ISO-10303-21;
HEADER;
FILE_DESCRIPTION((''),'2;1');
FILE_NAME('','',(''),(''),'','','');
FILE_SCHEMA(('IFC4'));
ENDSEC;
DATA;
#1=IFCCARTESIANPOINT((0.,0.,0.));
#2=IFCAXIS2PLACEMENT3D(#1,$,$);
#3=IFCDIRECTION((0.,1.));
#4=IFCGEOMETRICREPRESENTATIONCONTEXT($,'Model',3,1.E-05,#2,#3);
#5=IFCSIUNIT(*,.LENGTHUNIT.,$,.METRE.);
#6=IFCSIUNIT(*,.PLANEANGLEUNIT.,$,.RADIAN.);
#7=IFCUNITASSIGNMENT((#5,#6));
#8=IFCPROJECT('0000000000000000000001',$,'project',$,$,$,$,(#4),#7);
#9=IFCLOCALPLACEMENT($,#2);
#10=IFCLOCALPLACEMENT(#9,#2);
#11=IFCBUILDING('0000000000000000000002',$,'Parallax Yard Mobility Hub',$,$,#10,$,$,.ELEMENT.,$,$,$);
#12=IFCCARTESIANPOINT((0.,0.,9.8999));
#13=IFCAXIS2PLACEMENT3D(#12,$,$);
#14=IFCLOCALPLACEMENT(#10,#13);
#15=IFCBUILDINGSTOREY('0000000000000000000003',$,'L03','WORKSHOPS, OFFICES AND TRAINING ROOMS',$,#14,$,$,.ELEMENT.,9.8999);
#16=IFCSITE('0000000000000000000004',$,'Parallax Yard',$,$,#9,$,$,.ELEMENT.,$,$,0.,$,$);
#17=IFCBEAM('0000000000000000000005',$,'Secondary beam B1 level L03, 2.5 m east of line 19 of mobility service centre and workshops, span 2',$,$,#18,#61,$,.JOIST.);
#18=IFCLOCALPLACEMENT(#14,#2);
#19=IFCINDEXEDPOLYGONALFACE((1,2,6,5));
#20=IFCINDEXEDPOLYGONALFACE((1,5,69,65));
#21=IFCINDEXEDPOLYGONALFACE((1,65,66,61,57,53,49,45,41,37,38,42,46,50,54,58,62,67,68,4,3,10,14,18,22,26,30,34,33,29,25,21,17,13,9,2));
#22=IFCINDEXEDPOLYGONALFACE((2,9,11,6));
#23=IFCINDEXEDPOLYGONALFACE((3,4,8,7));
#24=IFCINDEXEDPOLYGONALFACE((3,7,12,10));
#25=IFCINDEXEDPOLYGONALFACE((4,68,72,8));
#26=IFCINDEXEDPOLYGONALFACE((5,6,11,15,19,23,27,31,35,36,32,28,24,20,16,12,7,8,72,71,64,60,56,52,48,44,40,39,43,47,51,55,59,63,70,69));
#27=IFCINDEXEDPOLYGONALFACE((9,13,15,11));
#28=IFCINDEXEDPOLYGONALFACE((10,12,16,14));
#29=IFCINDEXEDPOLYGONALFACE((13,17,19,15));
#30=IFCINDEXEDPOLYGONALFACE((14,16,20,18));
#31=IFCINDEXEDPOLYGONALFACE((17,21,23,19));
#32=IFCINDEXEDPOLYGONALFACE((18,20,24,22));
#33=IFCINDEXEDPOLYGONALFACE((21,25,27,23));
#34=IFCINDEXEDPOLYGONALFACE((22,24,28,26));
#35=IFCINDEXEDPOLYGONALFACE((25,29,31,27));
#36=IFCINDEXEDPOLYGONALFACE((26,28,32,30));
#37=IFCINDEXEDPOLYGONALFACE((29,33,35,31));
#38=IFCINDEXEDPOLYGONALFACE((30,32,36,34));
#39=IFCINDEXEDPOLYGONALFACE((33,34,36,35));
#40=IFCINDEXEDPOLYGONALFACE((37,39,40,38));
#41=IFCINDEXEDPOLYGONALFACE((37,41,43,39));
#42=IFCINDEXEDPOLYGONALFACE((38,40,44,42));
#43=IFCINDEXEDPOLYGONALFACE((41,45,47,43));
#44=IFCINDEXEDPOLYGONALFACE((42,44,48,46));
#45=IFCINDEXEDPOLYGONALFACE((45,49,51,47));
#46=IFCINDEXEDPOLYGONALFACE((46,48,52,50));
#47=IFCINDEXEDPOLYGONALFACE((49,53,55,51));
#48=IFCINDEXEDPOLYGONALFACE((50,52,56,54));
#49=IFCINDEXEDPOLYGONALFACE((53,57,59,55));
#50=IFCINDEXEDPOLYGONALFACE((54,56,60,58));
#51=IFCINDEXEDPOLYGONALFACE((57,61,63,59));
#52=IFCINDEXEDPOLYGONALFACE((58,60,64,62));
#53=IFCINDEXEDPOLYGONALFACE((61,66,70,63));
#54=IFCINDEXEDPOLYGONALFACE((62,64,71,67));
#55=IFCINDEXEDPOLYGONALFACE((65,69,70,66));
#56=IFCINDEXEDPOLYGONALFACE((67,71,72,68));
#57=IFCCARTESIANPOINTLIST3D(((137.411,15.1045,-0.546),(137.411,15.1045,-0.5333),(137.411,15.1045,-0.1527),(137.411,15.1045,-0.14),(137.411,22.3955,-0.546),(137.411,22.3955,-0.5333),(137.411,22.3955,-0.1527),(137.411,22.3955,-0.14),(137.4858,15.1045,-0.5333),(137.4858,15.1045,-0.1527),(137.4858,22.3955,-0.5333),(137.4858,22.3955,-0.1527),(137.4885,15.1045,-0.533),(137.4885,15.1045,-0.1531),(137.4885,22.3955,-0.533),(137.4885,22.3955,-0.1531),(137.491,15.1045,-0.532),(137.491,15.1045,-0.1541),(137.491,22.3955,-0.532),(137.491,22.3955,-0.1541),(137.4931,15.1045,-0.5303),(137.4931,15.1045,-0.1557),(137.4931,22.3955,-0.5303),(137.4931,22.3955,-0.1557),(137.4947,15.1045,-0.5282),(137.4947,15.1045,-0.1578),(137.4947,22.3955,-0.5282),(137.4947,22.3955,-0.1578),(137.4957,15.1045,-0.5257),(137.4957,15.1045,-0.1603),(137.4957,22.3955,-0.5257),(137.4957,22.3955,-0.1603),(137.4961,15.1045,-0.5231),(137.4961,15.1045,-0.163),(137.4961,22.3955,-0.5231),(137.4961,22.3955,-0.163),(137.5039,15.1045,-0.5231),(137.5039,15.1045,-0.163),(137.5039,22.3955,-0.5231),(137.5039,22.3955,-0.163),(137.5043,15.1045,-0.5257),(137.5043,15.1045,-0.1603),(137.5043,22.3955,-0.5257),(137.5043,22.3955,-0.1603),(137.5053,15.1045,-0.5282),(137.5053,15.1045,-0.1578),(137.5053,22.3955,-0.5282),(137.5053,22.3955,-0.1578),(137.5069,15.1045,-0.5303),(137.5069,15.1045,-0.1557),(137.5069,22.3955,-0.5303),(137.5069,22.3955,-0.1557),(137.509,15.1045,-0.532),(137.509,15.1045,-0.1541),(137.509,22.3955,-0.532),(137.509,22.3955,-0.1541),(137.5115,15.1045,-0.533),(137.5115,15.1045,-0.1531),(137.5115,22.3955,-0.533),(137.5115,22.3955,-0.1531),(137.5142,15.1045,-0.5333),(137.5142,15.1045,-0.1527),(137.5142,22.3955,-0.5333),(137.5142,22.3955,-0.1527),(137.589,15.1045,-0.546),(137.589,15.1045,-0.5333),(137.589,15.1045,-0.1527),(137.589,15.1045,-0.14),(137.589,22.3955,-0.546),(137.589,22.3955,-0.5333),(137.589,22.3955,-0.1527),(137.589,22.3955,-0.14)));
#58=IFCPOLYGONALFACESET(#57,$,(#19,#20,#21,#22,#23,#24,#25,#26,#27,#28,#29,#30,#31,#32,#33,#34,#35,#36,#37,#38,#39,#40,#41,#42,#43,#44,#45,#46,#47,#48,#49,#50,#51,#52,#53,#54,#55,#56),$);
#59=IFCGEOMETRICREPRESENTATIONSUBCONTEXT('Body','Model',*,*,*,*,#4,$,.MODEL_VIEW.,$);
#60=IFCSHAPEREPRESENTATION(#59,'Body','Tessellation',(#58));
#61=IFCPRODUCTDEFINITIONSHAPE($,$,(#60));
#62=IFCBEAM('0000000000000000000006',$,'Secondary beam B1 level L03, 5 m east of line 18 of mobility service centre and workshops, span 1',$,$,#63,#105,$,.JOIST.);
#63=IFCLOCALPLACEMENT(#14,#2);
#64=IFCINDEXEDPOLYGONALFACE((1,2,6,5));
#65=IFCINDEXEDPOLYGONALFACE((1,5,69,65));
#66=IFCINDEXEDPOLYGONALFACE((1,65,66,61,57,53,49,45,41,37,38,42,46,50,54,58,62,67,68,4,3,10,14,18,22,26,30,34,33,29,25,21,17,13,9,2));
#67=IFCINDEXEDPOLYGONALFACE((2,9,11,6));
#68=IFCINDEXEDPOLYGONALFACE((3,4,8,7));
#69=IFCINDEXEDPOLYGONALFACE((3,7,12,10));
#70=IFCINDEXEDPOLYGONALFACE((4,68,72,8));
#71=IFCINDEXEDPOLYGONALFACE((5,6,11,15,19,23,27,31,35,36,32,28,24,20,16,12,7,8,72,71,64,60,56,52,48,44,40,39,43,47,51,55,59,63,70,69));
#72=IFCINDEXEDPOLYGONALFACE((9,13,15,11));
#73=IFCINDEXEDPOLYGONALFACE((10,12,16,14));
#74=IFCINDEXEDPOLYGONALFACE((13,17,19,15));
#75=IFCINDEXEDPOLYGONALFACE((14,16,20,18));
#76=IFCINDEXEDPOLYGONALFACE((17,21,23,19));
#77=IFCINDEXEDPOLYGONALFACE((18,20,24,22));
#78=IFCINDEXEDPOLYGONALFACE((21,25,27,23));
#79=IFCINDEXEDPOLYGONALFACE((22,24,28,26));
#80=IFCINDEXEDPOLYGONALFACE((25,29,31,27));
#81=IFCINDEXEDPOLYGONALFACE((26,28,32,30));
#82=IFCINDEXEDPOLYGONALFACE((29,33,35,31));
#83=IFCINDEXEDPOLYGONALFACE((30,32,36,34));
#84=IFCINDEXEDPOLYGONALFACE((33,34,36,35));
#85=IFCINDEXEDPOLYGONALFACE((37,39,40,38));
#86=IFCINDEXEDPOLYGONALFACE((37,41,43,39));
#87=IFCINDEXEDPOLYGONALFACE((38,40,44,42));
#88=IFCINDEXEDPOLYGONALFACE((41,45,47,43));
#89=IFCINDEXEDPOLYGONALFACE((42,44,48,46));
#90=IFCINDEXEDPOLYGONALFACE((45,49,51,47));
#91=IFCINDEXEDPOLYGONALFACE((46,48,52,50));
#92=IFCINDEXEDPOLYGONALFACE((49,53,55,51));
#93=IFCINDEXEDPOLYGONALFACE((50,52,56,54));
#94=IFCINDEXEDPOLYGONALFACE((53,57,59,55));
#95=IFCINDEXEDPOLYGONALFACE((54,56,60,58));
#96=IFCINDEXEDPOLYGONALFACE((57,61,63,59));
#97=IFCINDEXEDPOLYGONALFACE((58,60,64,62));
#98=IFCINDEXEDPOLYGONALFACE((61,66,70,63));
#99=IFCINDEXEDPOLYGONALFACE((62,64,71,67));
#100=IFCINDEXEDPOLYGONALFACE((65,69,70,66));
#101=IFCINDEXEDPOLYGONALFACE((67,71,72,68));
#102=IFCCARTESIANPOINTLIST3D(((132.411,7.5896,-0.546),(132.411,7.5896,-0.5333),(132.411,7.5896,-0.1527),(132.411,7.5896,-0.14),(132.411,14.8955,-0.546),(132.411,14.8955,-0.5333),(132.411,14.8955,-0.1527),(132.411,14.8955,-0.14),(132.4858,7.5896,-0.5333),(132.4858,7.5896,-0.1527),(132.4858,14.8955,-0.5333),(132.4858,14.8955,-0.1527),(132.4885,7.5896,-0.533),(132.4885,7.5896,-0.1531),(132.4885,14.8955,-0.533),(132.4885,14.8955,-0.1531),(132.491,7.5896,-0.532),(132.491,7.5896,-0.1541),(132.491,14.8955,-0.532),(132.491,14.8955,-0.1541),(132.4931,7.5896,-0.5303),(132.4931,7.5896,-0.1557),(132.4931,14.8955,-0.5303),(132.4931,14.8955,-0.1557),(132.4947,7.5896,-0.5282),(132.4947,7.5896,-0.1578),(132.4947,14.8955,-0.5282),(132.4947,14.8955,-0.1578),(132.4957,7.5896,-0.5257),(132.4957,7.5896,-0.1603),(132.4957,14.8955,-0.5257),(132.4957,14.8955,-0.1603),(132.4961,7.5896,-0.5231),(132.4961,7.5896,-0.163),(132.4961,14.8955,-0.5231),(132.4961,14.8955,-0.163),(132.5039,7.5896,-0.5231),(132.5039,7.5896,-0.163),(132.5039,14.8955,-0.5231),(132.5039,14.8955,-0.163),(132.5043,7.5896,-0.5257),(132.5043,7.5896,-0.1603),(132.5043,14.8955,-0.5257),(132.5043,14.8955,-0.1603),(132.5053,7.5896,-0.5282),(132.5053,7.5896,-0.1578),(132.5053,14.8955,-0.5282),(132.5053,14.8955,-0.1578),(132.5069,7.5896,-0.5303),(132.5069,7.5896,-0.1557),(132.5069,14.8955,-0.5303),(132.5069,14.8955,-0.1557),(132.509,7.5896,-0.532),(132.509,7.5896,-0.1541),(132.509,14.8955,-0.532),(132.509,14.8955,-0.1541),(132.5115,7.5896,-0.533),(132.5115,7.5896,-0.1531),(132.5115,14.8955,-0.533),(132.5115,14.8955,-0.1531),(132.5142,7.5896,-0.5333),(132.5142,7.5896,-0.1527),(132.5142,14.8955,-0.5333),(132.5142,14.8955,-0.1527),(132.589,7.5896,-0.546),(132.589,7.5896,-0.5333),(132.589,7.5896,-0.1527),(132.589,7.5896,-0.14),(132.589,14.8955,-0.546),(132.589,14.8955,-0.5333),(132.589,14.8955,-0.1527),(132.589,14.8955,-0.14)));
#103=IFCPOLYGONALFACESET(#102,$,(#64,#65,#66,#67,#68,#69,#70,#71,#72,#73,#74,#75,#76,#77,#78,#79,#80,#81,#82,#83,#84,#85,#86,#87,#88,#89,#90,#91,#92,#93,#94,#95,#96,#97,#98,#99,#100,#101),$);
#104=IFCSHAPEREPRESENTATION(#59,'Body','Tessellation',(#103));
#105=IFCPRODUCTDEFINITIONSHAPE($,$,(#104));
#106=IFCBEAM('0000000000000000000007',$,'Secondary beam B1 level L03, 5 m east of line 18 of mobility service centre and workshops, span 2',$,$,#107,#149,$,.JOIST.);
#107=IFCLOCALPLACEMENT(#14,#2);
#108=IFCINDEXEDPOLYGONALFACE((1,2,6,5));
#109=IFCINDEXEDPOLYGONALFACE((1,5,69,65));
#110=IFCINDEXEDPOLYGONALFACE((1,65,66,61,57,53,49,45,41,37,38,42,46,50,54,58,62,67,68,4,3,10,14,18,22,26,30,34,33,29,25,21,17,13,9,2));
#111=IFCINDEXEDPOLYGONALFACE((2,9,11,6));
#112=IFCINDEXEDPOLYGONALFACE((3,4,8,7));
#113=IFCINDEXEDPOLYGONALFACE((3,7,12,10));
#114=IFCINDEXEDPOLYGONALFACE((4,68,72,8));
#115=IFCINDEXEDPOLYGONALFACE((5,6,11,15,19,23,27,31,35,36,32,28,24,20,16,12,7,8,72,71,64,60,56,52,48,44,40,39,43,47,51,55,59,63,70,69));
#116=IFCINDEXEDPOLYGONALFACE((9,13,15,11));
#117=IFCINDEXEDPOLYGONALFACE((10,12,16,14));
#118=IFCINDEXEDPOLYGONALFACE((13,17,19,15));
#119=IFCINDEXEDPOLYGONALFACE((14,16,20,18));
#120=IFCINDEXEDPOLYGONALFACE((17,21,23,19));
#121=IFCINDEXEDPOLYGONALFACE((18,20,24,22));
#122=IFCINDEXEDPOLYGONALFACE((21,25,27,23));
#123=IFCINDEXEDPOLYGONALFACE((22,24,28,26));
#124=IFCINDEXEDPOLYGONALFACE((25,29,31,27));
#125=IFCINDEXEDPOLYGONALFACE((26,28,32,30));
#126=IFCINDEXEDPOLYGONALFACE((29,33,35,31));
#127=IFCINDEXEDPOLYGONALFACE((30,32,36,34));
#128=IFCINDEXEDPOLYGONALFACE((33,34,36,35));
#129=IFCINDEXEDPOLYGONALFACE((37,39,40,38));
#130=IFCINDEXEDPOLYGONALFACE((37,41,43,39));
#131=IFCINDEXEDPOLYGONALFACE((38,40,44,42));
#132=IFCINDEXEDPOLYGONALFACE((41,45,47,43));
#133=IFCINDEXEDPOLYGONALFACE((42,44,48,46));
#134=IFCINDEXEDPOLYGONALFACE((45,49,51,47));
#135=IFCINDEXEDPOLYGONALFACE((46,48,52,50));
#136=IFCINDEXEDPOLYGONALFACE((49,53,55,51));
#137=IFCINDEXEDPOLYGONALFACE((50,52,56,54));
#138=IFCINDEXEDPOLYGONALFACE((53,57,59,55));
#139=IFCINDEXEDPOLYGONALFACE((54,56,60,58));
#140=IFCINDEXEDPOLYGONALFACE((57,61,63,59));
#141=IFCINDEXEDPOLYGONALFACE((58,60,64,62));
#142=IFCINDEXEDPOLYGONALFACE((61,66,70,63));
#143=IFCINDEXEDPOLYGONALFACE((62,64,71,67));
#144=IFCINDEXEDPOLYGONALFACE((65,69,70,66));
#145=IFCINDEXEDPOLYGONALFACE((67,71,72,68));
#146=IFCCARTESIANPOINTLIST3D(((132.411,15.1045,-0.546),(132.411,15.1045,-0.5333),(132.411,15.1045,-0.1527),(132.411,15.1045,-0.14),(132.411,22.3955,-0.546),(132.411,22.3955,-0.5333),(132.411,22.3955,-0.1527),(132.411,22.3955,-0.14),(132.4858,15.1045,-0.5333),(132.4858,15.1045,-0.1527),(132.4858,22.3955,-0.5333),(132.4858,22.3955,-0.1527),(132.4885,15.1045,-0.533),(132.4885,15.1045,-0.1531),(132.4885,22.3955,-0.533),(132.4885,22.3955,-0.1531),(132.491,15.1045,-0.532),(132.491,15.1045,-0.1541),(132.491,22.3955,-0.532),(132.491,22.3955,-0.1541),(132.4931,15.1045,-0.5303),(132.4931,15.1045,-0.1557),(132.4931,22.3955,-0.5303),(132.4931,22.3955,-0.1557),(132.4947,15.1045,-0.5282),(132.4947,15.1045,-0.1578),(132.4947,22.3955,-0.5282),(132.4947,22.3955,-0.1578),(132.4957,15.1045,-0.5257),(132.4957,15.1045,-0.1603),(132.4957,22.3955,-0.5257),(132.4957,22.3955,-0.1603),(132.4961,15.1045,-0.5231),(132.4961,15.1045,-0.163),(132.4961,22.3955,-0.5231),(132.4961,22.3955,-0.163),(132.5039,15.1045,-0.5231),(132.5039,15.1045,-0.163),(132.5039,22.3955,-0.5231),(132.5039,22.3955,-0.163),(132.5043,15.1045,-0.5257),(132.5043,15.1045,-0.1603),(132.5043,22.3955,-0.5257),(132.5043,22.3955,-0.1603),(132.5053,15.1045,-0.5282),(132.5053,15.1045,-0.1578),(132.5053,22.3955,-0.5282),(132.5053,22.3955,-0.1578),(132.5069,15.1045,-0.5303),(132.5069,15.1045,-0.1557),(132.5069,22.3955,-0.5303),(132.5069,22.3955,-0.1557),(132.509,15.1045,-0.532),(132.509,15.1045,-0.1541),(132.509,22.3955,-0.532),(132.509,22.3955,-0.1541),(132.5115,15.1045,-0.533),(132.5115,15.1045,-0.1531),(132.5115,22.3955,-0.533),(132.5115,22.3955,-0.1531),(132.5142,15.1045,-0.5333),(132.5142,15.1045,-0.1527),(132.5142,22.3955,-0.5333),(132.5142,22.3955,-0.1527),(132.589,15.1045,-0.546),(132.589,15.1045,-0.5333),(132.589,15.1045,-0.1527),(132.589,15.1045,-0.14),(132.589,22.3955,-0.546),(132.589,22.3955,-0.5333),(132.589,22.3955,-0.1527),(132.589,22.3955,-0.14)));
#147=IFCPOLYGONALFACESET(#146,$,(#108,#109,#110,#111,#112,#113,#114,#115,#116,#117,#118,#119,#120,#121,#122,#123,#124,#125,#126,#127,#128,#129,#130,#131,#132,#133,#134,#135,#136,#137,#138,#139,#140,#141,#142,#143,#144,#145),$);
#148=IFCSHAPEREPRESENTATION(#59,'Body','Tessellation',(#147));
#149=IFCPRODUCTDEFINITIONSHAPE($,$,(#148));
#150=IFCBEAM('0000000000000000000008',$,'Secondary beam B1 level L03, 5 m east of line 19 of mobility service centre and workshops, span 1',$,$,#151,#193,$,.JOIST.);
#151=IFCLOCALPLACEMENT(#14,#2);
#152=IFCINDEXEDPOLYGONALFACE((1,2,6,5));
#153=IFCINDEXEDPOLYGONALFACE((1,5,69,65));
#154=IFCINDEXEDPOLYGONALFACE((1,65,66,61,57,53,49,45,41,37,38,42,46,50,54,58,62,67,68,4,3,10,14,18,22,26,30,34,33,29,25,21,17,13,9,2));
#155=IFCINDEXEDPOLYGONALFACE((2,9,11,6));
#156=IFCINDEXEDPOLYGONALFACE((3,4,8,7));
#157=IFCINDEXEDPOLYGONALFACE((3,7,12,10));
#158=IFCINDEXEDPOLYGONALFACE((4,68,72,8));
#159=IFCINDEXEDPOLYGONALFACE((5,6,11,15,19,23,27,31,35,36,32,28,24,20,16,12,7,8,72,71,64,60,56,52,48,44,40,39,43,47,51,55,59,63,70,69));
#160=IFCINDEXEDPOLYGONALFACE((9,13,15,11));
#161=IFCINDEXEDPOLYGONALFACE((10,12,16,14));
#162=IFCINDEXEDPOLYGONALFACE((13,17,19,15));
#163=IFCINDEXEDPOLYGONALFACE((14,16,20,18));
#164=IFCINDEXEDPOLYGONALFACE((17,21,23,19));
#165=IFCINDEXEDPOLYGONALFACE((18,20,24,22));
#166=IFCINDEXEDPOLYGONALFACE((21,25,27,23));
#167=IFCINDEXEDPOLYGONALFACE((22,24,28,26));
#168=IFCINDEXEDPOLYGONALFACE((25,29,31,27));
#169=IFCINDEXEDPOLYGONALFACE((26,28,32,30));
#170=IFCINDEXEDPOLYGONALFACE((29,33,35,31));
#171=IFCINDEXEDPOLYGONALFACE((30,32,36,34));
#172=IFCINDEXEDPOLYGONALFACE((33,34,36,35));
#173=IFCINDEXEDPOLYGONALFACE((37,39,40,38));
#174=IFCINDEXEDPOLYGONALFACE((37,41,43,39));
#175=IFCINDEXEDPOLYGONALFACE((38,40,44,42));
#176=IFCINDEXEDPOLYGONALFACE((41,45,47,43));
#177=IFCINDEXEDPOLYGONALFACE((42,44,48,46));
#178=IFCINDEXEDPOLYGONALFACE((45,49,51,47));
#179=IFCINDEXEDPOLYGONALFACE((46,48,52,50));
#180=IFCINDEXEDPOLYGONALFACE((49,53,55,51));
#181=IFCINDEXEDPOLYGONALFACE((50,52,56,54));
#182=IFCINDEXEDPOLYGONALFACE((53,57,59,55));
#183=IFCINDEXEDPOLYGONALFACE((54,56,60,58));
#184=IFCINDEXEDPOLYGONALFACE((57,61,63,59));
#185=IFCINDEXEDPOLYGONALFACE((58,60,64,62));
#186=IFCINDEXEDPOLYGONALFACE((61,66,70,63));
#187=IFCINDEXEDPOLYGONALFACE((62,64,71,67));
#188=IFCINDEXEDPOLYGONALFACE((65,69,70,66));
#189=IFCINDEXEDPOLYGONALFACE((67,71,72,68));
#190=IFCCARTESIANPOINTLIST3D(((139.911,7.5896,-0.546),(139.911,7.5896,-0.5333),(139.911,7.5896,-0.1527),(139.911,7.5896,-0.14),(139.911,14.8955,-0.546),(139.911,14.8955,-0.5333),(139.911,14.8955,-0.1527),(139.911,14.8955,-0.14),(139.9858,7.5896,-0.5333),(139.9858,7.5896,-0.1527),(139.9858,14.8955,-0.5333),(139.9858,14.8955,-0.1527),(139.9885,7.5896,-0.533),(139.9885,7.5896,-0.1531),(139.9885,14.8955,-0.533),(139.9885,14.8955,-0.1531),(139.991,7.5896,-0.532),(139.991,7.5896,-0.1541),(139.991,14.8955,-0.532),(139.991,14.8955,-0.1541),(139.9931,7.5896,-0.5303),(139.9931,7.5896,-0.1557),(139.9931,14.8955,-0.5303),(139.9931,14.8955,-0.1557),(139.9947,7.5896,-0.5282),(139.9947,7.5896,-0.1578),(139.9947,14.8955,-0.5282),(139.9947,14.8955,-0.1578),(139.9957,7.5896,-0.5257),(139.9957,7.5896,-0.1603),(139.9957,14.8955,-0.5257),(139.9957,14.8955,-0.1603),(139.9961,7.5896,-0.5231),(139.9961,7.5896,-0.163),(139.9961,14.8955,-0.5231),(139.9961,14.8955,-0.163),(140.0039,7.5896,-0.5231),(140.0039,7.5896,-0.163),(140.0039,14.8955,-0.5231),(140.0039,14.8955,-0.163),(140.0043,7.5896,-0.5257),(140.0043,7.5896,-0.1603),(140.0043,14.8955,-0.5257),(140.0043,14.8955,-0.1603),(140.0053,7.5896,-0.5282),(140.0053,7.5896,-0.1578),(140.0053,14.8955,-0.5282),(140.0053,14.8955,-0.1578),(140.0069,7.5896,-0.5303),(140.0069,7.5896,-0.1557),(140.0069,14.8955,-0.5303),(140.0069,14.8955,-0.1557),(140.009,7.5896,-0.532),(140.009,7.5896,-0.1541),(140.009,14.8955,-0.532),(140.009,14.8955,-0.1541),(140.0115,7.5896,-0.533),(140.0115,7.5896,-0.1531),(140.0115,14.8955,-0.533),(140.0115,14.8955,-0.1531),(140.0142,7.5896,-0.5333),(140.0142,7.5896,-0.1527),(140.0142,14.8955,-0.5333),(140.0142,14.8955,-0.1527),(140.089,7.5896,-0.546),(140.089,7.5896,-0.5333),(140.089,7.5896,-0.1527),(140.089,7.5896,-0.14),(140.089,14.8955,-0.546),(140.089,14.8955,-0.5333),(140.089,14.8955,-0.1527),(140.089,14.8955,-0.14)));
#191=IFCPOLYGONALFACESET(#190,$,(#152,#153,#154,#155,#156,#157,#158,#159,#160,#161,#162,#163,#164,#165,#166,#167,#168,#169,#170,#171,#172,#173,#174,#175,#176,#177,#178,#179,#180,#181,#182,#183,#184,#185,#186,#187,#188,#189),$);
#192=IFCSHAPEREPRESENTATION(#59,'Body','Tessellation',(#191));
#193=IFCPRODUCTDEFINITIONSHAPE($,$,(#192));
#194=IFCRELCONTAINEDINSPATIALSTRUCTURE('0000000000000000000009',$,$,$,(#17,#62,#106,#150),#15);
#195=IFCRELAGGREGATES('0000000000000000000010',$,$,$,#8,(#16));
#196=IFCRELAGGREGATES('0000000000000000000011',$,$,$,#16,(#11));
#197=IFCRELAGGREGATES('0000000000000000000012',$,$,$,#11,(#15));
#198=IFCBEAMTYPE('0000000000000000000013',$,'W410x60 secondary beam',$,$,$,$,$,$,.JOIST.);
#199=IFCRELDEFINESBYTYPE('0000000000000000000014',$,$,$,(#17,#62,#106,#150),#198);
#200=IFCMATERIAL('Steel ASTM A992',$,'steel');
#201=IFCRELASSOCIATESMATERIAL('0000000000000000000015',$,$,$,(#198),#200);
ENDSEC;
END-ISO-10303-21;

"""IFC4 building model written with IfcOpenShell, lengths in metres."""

from ifc_helpers import new_model, si_unit, direction, frame, origin, origin_2d, place, context, subcontext, project, spatial, i_section, extrude, material, material_profile, profile_set, type_object, element, save


model = new_model("IFC4")

# Units and contexts
model_context = context("Model", 3, precision=1e-05, world=origin(), true_north=direction((0.0, 1.0)))
body_context = subcontext(model_context, "Body", "Model", "MODEL_VIEW")
ifc_project = project(units=[si_unit("LENGTHUNIT", "METRE"), si_unit("PLANEANGLEUNIT", "RADIAN")], contexts=[model_context])

# Site, building, storey
site_placement = place(None, origin())
site = spatial("IfcSite", under=ifc_project, at=site_placement, Name="Parallax Yard", CompositionType="ELEMENT", RefElevation=0.0)
building_placement = place(site_placement, origin())
building = spatial("IfcBuilding", under=site, at=building_placement, Name="Parallax Yard Mobility Hub", CompositionType="ELEMENT")
storey_placement = place(building_placement, frame((0.0, 0.0, 9.8999)))
storey = spatial("IfcBuildingStorey", under=building, at=storey_placement, Name="L03", Description="WORKSHOPS, OFFICES AND TRAINING ROOMS", CompositionType="ELEMENT", Elevation=9.8999)

# Shared definitions
ifc_material_1 = material(Name="Steel ASTM A992", Category="steel")

# Beams
ifc_material_profile_1 = material_profile(ifc_material_1, i_section(OverallWidth=0.178, OverallDepth=0.406, WebThickness=0.0078, FlangeThickness=0.0127, FilletRadius=0.0103, at=origin_2d()), Name="W410x60")
ifc_profile_set_1 = profile_set([ifc_material_profile_1], Name="Steel ASTM A992")
beam_type_1 = type_object("IfcBeamType", Name="W410x60 secondary beam", PredefinedType="JOIST", material=ifc_profile_set_1)
beam_1_placement = place(storey_placement, frame((137.5, 15.1045, -0.343), z_axis=(0.0, 1.0, 0.0), x_axis=(-1.0, 0.0, 0.0)))
element("IfcBeam", 1, at=beam_1_placement, inside=storey, type_object=beam_type_1, Name="Secondary beam B1 level L03, 2.5 m east of line 19 of mobility service centre and workshops, span 2", PredefinedType="JOIST", context=body_context, shape_type="SweptSolid", body=[
    extrude(i_section(OverallWidth=0.178, OverallDepth=0.406, WebThickness=0.0078, FlangeThickness=0.0127, FilletRadius=0.0103, at=origin_2d()), origin(), (0.0, 0.0, 1.0), 7.291),
])
beam_2_placement = place(storey_placement, frame((132.5, 7.5896, -0.343), z_axis=(0.0, 1.0, 0.0), x_axis=(-1.0, 0.0, 0.0)))
element("IfcBeam", 2, at=beam_2_placement, inside=storey, type_object=beam_type_1, Name="Secondary beam B1 level L03, 5 m east of line 18 of mobility service centre and workshops, span 1", PredefinedType="JOIST", context=body_context, shape_type="SweptSolid", body=[
    extrude(i_section(OverallWidth=0.178, OverallDepth=0.406, WebThickness=0.0078, FlangeThickness=0.0127, FilletRadius=0.0103, at=origin_2d()), origin(), (0.0, 0.0, 1.0), 7.3059),
])
beam_3_placement = place(storey_placement, frame((132.5, 15.1045, -0.343), z_axis=(0.0, 1.0, 0.0), x_axis=(-1.0, 0.0, 0.0)))
element("IfcBeam", 3, at=beam_3_placement, inside=storey, type_object=beam_type_1, Name="Secondary beam B1 level L03, 5 m east of line 18 of mobility service centre and workshops, span 2", PredefinedType="JOIST", context=body_context, shape_type="SweptSolid", body=[
    extrude(i_section(OverallWidth=0.178, OverallDepth=0.406, WebThickness=0.0078, FlangeThickness=0.0127, FilletRadius=0.0103, at=origin_2d()), origin(), (0.0, 0.0, 1.0), 7.291),
])
beam_4_placement = place(storey_placement, frame((140.0, 7.5896, -0.343), z_axis=(0.0, 1.0, 0.0), x_axis=(-1.0, 0.0, 0.0)))
element("IfcBeam", 4, at=beam_4_placement, inside=storey, type_object=beam_type_1, Name="Secondary beam B1 level L03, 5 m east of line 19 of mobility service centre and workshops, span 1", PredefinedType="JOIST", context=body_context, shape_type="SweptSolid", body=[
    extrude(i_section(OverallWidth=0.178, OverallDepth=0.406, WebThickness=0.0078, FlangeThickness=0.0127, FilletRadius=0.0103, at=origin_2d()), origin(), (0.0, 0.0, 1.0), 7.3059),
])

save(model, "model.ifc")
